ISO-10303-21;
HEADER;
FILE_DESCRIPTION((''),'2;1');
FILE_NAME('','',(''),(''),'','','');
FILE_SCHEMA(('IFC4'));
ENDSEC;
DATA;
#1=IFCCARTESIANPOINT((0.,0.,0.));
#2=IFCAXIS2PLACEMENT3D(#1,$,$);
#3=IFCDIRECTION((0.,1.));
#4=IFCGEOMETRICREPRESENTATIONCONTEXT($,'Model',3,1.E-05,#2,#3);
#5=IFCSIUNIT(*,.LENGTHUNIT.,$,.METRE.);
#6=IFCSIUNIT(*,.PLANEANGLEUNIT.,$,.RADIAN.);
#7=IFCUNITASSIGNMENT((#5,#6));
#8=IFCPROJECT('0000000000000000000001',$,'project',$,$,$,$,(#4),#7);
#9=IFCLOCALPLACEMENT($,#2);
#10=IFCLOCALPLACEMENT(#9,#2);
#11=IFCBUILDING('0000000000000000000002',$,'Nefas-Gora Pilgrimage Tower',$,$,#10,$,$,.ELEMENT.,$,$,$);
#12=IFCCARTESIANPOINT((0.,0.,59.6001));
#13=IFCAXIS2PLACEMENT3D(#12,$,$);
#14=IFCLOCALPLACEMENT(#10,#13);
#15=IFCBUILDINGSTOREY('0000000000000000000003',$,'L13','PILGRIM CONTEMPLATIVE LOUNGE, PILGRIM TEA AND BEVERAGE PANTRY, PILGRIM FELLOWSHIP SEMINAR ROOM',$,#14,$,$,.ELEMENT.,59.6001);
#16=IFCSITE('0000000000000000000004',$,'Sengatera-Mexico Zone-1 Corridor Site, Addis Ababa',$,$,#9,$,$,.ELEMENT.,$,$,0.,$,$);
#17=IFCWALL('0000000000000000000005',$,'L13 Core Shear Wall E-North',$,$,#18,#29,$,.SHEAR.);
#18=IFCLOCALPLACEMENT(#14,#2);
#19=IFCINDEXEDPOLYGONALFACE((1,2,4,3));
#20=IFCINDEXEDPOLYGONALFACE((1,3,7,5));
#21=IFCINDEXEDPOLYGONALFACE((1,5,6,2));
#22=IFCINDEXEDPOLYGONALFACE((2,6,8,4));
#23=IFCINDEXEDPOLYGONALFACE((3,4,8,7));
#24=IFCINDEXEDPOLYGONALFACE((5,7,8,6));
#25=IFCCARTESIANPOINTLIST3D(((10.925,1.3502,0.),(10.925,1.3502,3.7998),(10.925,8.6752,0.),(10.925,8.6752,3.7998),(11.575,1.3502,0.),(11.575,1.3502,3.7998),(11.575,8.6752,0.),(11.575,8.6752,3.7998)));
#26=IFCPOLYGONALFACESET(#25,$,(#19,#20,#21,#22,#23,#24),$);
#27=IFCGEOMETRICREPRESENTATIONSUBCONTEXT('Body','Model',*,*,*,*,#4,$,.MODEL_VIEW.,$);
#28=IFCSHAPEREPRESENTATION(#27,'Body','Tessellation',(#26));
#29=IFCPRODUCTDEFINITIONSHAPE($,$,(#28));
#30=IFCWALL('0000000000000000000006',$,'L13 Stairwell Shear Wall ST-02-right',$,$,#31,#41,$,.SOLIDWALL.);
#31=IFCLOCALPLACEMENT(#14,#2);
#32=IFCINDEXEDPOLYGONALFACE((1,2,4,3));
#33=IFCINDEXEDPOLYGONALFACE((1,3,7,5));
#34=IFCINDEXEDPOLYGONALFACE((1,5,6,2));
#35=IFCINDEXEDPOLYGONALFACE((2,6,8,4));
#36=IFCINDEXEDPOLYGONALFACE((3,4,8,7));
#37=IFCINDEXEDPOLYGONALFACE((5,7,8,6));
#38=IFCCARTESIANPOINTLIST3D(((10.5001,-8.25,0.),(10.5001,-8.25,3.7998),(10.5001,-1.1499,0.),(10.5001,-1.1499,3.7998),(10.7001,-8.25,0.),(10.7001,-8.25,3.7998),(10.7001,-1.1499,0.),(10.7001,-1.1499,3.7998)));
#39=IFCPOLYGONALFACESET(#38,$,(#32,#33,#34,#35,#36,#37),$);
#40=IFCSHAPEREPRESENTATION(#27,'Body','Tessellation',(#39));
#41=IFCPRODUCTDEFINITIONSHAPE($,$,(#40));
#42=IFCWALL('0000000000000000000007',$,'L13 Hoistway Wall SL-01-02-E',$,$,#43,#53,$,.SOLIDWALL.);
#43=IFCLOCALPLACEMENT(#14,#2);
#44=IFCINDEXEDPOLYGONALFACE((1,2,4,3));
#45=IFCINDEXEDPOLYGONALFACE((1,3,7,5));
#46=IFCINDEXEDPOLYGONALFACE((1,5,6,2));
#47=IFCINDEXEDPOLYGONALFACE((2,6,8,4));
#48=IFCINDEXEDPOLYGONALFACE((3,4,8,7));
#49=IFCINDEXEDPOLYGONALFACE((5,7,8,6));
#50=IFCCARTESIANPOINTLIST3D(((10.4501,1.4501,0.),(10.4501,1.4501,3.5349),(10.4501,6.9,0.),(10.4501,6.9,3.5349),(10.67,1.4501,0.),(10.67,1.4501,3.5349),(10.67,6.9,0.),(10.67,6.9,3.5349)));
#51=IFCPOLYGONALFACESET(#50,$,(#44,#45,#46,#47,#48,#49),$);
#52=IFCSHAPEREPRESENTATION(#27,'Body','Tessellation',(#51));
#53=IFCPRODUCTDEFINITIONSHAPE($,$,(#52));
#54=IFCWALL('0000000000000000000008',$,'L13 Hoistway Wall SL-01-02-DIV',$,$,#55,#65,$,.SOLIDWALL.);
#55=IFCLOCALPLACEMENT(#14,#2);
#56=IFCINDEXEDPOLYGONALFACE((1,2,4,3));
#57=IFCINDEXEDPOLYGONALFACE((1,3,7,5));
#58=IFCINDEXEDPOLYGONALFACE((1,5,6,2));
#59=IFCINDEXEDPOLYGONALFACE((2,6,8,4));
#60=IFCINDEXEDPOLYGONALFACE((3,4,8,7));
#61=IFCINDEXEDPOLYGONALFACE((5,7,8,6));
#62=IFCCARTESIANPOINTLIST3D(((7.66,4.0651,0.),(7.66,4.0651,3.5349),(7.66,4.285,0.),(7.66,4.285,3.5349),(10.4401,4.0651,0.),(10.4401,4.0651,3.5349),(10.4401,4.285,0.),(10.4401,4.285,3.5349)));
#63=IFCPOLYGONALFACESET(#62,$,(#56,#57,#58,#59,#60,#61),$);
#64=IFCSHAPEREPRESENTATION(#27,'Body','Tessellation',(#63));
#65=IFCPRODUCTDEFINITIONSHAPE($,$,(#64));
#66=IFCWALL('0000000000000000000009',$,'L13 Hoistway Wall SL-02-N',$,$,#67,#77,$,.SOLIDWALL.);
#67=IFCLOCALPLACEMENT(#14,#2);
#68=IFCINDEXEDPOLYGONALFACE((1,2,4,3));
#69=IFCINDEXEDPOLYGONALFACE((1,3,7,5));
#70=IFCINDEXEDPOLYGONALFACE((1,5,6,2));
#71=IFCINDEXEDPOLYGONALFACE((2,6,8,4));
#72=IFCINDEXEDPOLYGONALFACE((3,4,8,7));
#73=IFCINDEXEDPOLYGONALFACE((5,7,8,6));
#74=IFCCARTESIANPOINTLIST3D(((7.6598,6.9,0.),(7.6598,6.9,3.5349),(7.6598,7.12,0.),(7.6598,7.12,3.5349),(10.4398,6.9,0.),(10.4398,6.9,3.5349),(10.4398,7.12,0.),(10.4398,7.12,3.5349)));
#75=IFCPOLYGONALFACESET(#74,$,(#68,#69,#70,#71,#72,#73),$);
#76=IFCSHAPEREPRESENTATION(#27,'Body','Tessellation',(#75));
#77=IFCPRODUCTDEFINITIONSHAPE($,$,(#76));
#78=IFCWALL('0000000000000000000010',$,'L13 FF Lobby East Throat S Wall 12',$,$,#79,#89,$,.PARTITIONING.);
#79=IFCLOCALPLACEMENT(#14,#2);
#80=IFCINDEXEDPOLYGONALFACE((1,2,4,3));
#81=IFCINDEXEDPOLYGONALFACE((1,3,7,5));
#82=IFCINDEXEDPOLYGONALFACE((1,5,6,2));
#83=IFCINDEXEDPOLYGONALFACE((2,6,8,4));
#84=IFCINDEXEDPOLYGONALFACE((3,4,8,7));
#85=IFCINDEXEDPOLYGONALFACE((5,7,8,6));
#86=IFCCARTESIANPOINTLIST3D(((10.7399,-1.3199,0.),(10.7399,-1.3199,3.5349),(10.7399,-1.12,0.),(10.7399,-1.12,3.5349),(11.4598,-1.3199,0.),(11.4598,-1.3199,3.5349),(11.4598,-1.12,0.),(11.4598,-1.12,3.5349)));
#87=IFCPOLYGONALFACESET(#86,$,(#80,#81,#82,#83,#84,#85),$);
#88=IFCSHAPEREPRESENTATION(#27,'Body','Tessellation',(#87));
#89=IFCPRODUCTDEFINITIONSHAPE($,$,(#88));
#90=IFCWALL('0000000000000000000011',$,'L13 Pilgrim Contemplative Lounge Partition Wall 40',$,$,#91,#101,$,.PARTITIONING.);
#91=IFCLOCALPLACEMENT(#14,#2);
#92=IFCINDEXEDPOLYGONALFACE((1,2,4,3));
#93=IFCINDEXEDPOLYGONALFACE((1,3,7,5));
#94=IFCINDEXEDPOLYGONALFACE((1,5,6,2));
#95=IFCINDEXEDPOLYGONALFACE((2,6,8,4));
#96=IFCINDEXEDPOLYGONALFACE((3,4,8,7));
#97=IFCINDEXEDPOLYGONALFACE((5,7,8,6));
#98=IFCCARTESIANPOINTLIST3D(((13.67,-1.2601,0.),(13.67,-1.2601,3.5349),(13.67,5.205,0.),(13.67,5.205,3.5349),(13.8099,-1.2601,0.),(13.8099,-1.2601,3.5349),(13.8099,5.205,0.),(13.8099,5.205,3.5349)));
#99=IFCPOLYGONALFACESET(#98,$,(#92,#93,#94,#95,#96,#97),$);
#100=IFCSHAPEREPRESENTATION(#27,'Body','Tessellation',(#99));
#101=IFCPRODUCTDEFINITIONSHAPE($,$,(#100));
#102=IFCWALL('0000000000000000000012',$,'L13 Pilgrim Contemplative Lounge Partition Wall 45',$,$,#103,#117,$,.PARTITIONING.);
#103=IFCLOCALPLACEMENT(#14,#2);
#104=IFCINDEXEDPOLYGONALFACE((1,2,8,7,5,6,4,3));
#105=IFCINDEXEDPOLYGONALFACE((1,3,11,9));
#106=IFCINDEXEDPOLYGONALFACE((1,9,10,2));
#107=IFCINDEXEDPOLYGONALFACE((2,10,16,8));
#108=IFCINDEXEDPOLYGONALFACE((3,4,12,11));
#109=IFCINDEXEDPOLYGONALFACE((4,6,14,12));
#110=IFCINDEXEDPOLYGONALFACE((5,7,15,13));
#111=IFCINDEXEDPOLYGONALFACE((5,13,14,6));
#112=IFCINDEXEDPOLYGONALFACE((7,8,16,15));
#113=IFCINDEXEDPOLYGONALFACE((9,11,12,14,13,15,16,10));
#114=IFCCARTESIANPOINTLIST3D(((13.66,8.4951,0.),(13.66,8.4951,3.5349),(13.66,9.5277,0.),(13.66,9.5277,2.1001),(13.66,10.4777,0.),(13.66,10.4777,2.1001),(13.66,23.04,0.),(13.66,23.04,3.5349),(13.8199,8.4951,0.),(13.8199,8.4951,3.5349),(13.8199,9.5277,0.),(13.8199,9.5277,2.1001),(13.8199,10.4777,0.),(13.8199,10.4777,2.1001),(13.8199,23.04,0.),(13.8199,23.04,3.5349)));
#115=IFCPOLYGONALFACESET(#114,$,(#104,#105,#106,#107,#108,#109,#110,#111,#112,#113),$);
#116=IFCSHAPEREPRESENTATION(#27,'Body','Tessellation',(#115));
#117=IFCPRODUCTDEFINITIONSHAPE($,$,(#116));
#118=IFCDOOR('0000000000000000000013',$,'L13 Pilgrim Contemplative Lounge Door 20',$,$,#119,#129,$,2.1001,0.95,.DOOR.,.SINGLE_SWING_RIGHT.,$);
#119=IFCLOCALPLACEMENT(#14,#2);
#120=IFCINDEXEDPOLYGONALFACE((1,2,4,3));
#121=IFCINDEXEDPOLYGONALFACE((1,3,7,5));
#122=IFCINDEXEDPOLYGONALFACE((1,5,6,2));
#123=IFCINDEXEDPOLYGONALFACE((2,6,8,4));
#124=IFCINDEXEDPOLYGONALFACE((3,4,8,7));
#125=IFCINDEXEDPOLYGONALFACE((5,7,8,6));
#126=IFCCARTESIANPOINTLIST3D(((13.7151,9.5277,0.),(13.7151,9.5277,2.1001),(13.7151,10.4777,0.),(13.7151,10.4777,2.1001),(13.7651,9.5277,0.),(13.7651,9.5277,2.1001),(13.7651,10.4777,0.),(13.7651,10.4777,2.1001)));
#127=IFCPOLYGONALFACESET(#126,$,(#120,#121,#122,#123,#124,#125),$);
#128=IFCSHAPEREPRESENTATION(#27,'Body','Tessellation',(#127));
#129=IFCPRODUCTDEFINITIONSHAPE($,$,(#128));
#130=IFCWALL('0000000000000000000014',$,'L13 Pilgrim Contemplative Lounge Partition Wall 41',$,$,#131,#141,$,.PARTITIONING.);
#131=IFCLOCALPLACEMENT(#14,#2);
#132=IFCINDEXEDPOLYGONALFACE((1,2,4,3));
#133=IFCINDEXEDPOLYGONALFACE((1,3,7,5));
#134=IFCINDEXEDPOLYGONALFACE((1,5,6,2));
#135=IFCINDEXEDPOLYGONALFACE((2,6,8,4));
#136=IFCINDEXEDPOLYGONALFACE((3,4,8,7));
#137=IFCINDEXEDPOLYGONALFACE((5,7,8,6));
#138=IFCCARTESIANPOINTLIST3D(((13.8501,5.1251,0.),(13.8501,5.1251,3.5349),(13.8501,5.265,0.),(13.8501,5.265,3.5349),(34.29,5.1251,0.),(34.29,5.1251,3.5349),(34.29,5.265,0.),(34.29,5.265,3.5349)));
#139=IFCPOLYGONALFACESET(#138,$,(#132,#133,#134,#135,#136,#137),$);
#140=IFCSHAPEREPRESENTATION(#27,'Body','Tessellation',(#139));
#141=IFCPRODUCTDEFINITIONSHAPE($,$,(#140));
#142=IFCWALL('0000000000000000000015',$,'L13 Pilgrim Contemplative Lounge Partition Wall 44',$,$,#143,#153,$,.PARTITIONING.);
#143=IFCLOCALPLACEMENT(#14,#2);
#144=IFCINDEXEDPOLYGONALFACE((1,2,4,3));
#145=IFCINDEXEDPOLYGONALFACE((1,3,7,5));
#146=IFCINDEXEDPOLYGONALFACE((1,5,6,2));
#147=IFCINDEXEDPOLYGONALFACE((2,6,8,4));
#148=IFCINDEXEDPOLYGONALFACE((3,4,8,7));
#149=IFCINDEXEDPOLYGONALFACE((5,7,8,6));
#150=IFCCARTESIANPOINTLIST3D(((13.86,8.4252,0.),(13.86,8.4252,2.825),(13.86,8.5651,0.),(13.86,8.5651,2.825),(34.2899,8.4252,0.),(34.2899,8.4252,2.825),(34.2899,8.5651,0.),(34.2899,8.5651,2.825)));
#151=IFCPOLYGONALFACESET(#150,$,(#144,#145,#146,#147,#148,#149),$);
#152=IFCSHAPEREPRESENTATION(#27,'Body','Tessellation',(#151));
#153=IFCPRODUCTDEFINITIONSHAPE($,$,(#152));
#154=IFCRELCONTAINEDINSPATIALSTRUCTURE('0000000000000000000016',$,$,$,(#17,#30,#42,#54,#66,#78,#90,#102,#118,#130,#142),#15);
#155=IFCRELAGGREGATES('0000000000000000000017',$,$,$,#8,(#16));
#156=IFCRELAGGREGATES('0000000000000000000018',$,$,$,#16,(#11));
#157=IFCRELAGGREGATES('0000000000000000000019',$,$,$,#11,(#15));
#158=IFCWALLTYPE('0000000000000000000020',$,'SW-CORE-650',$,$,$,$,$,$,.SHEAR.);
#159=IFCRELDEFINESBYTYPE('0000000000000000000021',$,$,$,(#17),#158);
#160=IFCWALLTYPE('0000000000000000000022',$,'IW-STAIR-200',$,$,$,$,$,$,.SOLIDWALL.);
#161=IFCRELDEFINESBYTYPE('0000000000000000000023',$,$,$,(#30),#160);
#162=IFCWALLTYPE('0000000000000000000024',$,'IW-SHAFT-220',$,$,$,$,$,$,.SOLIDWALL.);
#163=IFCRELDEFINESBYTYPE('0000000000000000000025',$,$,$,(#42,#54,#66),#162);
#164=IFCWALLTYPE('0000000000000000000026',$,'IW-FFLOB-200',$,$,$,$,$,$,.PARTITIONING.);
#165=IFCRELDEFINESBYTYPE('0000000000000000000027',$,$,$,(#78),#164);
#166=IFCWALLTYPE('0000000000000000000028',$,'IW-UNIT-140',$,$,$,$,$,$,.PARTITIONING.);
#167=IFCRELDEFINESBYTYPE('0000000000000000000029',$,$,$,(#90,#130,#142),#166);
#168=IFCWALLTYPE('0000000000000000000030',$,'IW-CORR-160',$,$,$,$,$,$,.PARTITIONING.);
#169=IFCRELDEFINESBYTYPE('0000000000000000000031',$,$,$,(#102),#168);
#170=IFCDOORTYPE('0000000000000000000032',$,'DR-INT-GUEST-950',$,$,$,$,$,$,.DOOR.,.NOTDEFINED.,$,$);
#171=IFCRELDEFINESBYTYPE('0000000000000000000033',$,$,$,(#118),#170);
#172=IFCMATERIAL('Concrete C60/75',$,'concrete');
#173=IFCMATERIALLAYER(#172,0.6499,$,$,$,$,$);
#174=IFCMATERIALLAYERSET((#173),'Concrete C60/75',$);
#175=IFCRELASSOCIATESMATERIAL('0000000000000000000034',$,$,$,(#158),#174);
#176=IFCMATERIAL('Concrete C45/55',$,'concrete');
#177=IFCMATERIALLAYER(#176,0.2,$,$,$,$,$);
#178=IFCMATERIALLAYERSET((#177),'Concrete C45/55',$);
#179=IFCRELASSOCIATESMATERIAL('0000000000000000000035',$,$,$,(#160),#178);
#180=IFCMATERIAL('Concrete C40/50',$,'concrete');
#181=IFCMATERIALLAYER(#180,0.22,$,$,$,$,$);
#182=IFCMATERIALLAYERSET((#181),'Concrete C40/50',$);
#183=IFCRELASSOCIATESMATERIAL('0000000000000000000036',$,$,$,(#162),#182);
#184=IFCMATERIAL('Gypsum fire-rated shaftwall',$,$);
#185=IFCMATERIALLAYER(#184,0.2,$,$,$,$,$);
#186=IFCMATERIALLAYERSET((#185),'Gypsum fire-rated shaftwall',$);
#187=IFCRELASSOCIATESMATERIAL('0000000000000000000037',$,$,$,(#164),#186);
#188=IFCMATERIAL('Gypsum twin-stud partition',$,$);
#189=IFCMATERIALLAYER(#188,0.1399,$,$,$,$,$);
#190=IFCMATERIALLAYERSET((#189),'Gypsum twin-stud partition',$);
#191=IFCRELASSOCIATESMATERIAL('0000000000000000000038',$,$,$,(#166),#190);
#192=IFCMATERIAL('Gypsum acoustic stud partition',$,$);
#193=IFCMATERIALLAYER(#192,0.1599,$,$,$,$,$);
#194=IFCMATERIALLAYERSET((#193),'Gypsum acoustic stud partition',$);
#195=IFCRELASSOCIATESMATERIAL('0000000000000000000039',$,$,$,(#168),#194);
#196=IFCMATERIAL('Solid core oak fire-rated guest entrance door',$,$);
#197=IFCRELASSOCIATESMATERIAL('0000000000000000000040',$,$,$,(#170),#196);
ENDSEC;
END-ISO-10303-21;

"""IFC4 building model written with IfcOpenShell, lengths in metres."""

from ifc_helpers import new_model, si_unit, direction, frame, frame_2d, origin, place, context, subcontext, project, spatial, rectangle, extrude, source, transform, mapped, material, layer, layer_set, type_object, element, fill, save


model = new_model("IFC4")

# Units and contexts
model_context = context("Model", 3, precision=1e-05, world=origin(), true_north=direction((0.0, 1.0)))
body_context = subcontext(model_context, "Body", "Model", "MODEL_VIEW")
ifc_project = project(units=[si_unit("LENGTHUNIT", "METRE"), si_unit("PLANEANGLEUNIT", "RADIAN")], contexts=[model_context])

# Site, building, storey
site_placement = place(None, origin())
site = spatial("IfcSite", under=ifc_project, at=site_placement, Name="Sengatera-Mexico Zone-1 Corridor Site, Addis Ababa", CompositionType="ELEMENT", RefElevation=0.0)
building_placement = place(site_placement, origin())
building = spatial("IfcBuilding", under=site, at=building_placement, Name="Nefas-Gora Pilgrimage Tower", CompositionType="ELEMENT")
storey_placement = place(building_placement, frame((0.0, 0.0, 59.6001)))
storey = spatial("IfcBuildingStorey", under=building, at=storey_placement, Name="L13", Description="PILGRIM CONTEMPLATIVE LOUNGE, PILGRIM TEA AND BEVERAGE PANTRY, PILGRIM FELLOWSHIP SEMINAR ROOM", CompositionType="ELEMENT", Elevation=59.6001)

# Walls
ifc_material_1 = material(Name="Concrete C60/75", Category="concrete")
ifc_layer_1 = layer(ifc_material_1, 0.6499)
ifc_layer_set_1 = layer_set([ifc_layer_1], Name="Concrete C60/75")
wall_type_1 = type_object("IfcWallType", Name="SW-CORE-650", PredefinedType="SHEAR", material=ifc_layer_set_1)
shared_shape_1 = source(origin(), body_context, "Body", "SweptSolid", [
    extrude(rectangle(XDim=7.325, YDim=0.6499, at=frame_2d((3.6626, 0.0))), origin(), (0.0, 0.0, 1.0), 3.7998),
])
wall_1_placement = place(storey_placement, frame((11.25, 1.3501, 0.0), z_axis=(0.0, 0.0, 1.0), x_axis=(0.0, 1.0, 0.0)))
element("IfcWall", 1, at=wall_1_placement, inside=storey, type_object=wall_type_1, Name="L13 Core Shear Wall E-North", PredefinedType="SHEAR", context=body_context, shape_type="MappedRepresentation", body=[
    mapped(shared_shape_1, transform((0.0, 0.0, 0.0), x_axis=(1.0, 0.0, 0.0), y_axis=(0.0, 1.0, 0.0), z_axis=(0.0, 0.0, 1.0), scale=1.0)),
])
ifc_material_2 = material(Name="Concrete C45/55", Category="concrete")
ifc_layer_2 = layer(ifc_material_2, 0.2)
ifc_layer_set_2 = layer_set([ifc_layer_2], Name="Concrete C45/55")
wall_type_2 = type_object("IfcWallType", Name="IW-STAIR-200", PredefinedType="SOLIDWALL", material=ifc_layer_set_2)
shared_shape_2 = source(origin(), body_context, "Body", "SweptSolid", [
    extrude(rectangle(XDim=7.1001, YDim=0.2, at=frame_2d((3.55, 0.0))), origin(), (0.0, 0.0, 1.0), 3.7998),
])
wall_2_placement = place(storey_placement, frame((10.6001, -1.1499, 0.0), z_axis=(0.0, 0.0, 1.0), x_axis=(0.0, -1.0, 0.0)))
element("IfcWall", 2, at=wall_2_placement, inside=storey, type_object=wall_type_2, Name="L13 Stairwell Shear Wall ST-02-right", PredefinedType="SOLIDWALL", context=body_context, shape_type="MappedRepresentation", body=[
    mapped(shared_shape_2, transform((0.0, 0.0, 0.0), x_axis=(1.0, 0.0, 0.0), y_axis=(0.0, 1.0, 0.0), z_axis=(0.0, 0.0, 1.0), scale=1.0)),
])
ifc_material_3 = material(Name="Concrete C40/50", Category="concrete")
ifc_layer_3 = layer(ifc_material_3, 0.22)
ifc_layer_set_3 = layer_set([ifc_layer_3], Name="Concrete C40/50")
wall_type_3 = type_object("IfcWallType", Name="IW-SHAFT-220", PredefinedType="SOLIDWALL", material=ifc_layer_set_3)
shared_shape_3 = source(origin(), body_context, "Body", "SweptSolid", [
    extrude(rectangle(XDim=5.45, YDim=0.22, at=frame_2d((2.7251, 0.0))), origin(), (0.0, 0.0, 1.0), 3.5349),
])
wall_3_placement = place(storey_placement, frame((10.5601, 1.45, 0.0), z_axis=(0.0, 0.0, 1.0), x_axis=(0.0, 1.0, 0.0)))
element("IfcWall", 3, at=wall_3_placement, inside=storey, type_object=wall_type_3, Name="L13 Hoistway Wall SL-01-02-E", PredefinedType="SOLIDWALL", context=body_context, shape_type="MappedRepresentation", body=[
    mapped(shared_shape_3, transform((0.0, 0.0, 0.0), x_axis=(1.0, 0.0, 0.0), y_axis=(0.0, 1.0, 0.0), z_axis=(0.0, 0.0, 1.0), scale=1.0)),
])
shared_shape_4 = source(origin(), body_context, "Body", "SweptSolid", [
    extrude(rectangle(XDim=2.78, YDim=0.22, at=frame_2d((1.3901, 0.0))), origin(), (0.0, 0.0, 1.0), 3.5349),
])
for number, where, z_axis, x_axis, name in (
    (4, (7.6599, 4.175, 0.0), (0.0, 0.0, 1.0), (1.0, 0.0, 0.0), "L13 Hoistway Wall SL-01-02-DIV"),
    (5, (10.4399, 7.01, 0.0), (0.0, 0.0, 1.0), (-1.0, 0.0, 0.0), "L13 Hoistway Wall SL-02-N"),
):
    element("IfcWall", number, at=place(storey_placement, frame(where, z_axis=z_axis, x_axis=x_axis)), inside=storey, type_object=wall_type_3, Name=name, PredefinedType="SOLIDWALL", context=body_context, shape_type="MappedRepresentation", body=[
        mapped(shared_shape_4, transform((0.0, 0.0, 0.0), x_axis=(1.0, 0.0, 0.0), y_axis=(0.0, 1.0, 0.0), z_axis=(0.0, 0.0, 1.0), scale=1.0)),
    ])
ifc_material_4 = material(Name="Gypsum fire-rated shaftwall")
ifc_layer_4 = layer(ifc_material_4, 0.2)
ifc_layer_set_4 = layer_set([ifc_layer_4], Name="Gypsum fire-rated shaftwall")
wall_type_4 = type_object("IfcWallType", Name="IW-FFLOB-200", PredefinedType="PARTITIONING", material=ifc_layer_set_4)
shared_shape_5 = source(origin(), body_context, "Body", "SweptSolid", [
    extrude(rectangle(XDim=0.72, YDim=0.2, at=frame_2d((0.3599, 0.0))), origin(), (0.0, 0.0, 1.0), 3.5349),
])
wall_4_placement = place(storey_placement, frame((10.74, -1.22, 0.0), z_axis=(0.0, 0.0, 1.0), x_axis=(1.0, 0.0, 0.0)))
element("IfcWall", 6, at=wall_4_placement, inside=storey, type_object=wall_type_4, Name="L13 FF Lobby East Throat S Wall 12", PredefinedType="PARTITIONING", context=body_context, shape_type="MappedRepresentation", body=[
    mapped(shared_shape_5, transform((0.0, 0.0, 0.0), x_axis=(1.0, 0.0, 0.0), y_axis=(0.0, 1.0, 0.0), z_axis=(0.0, 0.0, 1.0), scale=1.0)),
])
ifc_material_5 = material(Name="Gypsum twin-stud partition")
ifc_layer_5 = layer(ifc_material_5, 0.1399)
ifc_layer_set_5 = layer_set([ifc_layer_5], Name="Gypsum twin-stud partition")
wall_type_5 = type_object("IfcWallType", Name="IW-UNIT-140", PredefinedType="PARTITIONING", material=ifc_layer_set_5)
shared_shape_6 = source(origin(), body_context, "Body", "SweptSolid", [
    extrude(rectangle(XDim=6.4651, YDim=0.1399, at=frame_2d((3.2324, 0.0))), origin(), (0.0, 0.0, 1.0), 3.5349),
])
wall_5_placement = place(storey_placement, frame((13.74, -1.26, 0.0), z_axis=(0.0, 0.0, 1.0), x_axis=(0.0, 1.0, 0.0)))
element("IfcWall", 7, at=wall_5_placement, inside=storey, type_object=wall_type_5, Name="L13 Pilgrim Contemplative Lounge Partition Wall 40", PredefinedType="PARTITIONING", context=body_context, shape_type="MappedRepresentation", body=[
    mapped(shared_shape_6, transform((0.0, 0.0, 0.0), x_axis=(1.0, 0.0, 0.0), y_axis=(0.0, 1.0, 0.0), z_axis=(0.0, 0.0, 1.0), scale=1.0)),
])

# Wall, opening, door
ifc_material_6 = material(Name="Gypsum acoustic stud partition")
ifc_layer_6 = layer(ifc_material_6, 0.1599)
ifc_layer_set_6 = layer_set([ifc_layer_6], Name="Gypsum acoustic stud partition")
wall_type_6 = type_object("IfcWallType", Name="IW-CORR-160", PredefinedType="PARTITIONING", material=ifc_layer_set_6)
shared_shape_7 = source(origin(), body_context, "Body", "SweptSolid", [
    extrude(rectangle(XDim=14.5449, YDim=0.1599, at=frame_2d((7.2725, 0.0))), origin(), (0.0, 0.0, 1.0), 3.5349),
])
wall_6_placement = place(storey_placement, frame((13.74, 8.4951, 0.0), z_axis=(0.0, 0.0, 1.0), x_axis=(0.0, 1.0, 0.0)))
wall_6 = element("IfcWall", 8, at=wall_6_placement, inside=storey, type_object=wall_type_6, Name="L13 Pilgrim Contemplative Lounge Partition Wall 45", PredefinedType="PARTITIONING", context=body_context, shape_type="MappedRepresentation", body=[
    mapped(shared_shape_7, transform((0.0, 0.0, 0.0), x_axis=(1.0, 0.0, 0.0), y_axis=(0.0, 1.0, 0.0), z_axis=(0.0, 0.0, 1.0), scale=1.0)),
])
opening_1_placement = place(wall_6_placement, frame((1.0325, 0.0, 0.0)))
opening_1 = element("IfcOpeningElement", 9, at=opening_1_placement, cuts=wall_6, PredefinedType="OPENING", context=body_context, shape_type="SweptSolid", body=[
    extrude(rectangle(XDim=0.95, YDim=2.1001, at=frame_2d((0.4751, 1.05))), frame((0.0, 0.0898, 0.0), z_axis=(0.0, -1.0, 0.0), x_axis=(1.0, 0.0, 0.0)), (0.0, 0.0, 1.0), 0.1799),
])
ifc_material_7 = material(Name="Solid core oak fire-rated guest entrance door")
door_type = type_object("IfcDoorType", Name="DR-INT-GUEST-950", OperationType="NOTDEFINED", PredefinedType="DOOR", material=ifc_material_7)
shared_shape_8 = source(origin(), body_context, "Body", "SweptSolid", [
    extrude(rectangle(XDim=0.95, YDim=2.1001, at=frame_2d((0.4751, 1.05))), frame((0.0, 0.0249, 0.0), z_axis=(0.0, -1.0, 0.0), x_axis=(1.0, 0.0, 0.0)), (0.0, 0.0, 1.0), 0.05),
])
door_1_placement = place(opening_1_placement, origin())
door_1 = element("IfcDoor", 10, at=door_1_placement, inside=storey, type_object=door_type, Name="L13 Pilgrim Contemplative Lounge Door 20", OperationType="SINGLE_SWING_RIGHT", OverallHeight=2.1001, OverallWidth=0.95, PredefinedType="DOOR", context=body_context, shape_type="MappedRepresentation", body=[
    mapped(shared_shape_8, transform((0.0, 0.0, 0.0), x_axis=(1.0, 0.0, 0.0), y_axis=(0.0, 1.0, 0.0), z_axis=(0.0, 0.0, 1.0), scale=1.0)),
])
fill(opening_1, door_1)

# Walls
shared_shape_9 = source(origin(), body_context, "Body", "SweptSolid", [
    extrude(rectangle(XDim=20.4399, YDim=0.1399, at=frame_2d((10.22, 0.0))), origin(), (0.0, 0.0, 1.0), 3.5349),
])
wall_7_placement = place(storey_placement, frame((13.8501, 5.1951, 0.0), z_axis=(0.0, 0.0, 1.0), x_axis=(1.0, 0.0, 0.0)))
element("IfcWall", 11, at=wall_7_placement, inside=storey, type_object=wall_type_5, Name="L13 Pilgrim Contemplative Lounge Partition Wall 41", PredefinedType="PARTITIONING", context=body_context, shape_type="MappedRepresentation", body=[
    mapped(shared_shape_9, transform((0.0, 0.0, 0.0), x_axis=(1.0, 0.0, 0.0), y_axis=(0.0, 1.0, 0.0), z_axis=(0.0, 0.0, 1.0), scale=1.0)),
])
shared_shape_10 = source(origin(), body_context, "Body", "SweptSolid", [
    extrude(rectangle(XDim=20.4299, YDim=0.1399, at=frame_2d((10.2148, 0.0))), origin(), (0.0, 0.0, 1.0), 2.825),
])
wall_8_placement = place(storey_placement, frame((13.8601, 8.4951, 0.0), z_axis=(0.0, 0.0, 1.0), x_axis=(1.0, 0.0, 0.0)))
element("IfcWall", 12, at=wall_8_placement, inside=storey, type_object=wall_type_5, Name="L13 Pilgrim Contemplative Lounge Partition Wall 44", PredefinedType="PARTITIONING", context=body_context, shape_type="MappedRepresentation", body=[
    mapped(shared_shape_10, transform((0.0, 0.0, 0.0), x_axis=(1.0, 0.0, 0.0), y_axis=(0.0, 1.0, 0.0), z_axis=(0.0, 0.0, 1.0), scale=1.0)),
])

save(model, "model.ifc")
